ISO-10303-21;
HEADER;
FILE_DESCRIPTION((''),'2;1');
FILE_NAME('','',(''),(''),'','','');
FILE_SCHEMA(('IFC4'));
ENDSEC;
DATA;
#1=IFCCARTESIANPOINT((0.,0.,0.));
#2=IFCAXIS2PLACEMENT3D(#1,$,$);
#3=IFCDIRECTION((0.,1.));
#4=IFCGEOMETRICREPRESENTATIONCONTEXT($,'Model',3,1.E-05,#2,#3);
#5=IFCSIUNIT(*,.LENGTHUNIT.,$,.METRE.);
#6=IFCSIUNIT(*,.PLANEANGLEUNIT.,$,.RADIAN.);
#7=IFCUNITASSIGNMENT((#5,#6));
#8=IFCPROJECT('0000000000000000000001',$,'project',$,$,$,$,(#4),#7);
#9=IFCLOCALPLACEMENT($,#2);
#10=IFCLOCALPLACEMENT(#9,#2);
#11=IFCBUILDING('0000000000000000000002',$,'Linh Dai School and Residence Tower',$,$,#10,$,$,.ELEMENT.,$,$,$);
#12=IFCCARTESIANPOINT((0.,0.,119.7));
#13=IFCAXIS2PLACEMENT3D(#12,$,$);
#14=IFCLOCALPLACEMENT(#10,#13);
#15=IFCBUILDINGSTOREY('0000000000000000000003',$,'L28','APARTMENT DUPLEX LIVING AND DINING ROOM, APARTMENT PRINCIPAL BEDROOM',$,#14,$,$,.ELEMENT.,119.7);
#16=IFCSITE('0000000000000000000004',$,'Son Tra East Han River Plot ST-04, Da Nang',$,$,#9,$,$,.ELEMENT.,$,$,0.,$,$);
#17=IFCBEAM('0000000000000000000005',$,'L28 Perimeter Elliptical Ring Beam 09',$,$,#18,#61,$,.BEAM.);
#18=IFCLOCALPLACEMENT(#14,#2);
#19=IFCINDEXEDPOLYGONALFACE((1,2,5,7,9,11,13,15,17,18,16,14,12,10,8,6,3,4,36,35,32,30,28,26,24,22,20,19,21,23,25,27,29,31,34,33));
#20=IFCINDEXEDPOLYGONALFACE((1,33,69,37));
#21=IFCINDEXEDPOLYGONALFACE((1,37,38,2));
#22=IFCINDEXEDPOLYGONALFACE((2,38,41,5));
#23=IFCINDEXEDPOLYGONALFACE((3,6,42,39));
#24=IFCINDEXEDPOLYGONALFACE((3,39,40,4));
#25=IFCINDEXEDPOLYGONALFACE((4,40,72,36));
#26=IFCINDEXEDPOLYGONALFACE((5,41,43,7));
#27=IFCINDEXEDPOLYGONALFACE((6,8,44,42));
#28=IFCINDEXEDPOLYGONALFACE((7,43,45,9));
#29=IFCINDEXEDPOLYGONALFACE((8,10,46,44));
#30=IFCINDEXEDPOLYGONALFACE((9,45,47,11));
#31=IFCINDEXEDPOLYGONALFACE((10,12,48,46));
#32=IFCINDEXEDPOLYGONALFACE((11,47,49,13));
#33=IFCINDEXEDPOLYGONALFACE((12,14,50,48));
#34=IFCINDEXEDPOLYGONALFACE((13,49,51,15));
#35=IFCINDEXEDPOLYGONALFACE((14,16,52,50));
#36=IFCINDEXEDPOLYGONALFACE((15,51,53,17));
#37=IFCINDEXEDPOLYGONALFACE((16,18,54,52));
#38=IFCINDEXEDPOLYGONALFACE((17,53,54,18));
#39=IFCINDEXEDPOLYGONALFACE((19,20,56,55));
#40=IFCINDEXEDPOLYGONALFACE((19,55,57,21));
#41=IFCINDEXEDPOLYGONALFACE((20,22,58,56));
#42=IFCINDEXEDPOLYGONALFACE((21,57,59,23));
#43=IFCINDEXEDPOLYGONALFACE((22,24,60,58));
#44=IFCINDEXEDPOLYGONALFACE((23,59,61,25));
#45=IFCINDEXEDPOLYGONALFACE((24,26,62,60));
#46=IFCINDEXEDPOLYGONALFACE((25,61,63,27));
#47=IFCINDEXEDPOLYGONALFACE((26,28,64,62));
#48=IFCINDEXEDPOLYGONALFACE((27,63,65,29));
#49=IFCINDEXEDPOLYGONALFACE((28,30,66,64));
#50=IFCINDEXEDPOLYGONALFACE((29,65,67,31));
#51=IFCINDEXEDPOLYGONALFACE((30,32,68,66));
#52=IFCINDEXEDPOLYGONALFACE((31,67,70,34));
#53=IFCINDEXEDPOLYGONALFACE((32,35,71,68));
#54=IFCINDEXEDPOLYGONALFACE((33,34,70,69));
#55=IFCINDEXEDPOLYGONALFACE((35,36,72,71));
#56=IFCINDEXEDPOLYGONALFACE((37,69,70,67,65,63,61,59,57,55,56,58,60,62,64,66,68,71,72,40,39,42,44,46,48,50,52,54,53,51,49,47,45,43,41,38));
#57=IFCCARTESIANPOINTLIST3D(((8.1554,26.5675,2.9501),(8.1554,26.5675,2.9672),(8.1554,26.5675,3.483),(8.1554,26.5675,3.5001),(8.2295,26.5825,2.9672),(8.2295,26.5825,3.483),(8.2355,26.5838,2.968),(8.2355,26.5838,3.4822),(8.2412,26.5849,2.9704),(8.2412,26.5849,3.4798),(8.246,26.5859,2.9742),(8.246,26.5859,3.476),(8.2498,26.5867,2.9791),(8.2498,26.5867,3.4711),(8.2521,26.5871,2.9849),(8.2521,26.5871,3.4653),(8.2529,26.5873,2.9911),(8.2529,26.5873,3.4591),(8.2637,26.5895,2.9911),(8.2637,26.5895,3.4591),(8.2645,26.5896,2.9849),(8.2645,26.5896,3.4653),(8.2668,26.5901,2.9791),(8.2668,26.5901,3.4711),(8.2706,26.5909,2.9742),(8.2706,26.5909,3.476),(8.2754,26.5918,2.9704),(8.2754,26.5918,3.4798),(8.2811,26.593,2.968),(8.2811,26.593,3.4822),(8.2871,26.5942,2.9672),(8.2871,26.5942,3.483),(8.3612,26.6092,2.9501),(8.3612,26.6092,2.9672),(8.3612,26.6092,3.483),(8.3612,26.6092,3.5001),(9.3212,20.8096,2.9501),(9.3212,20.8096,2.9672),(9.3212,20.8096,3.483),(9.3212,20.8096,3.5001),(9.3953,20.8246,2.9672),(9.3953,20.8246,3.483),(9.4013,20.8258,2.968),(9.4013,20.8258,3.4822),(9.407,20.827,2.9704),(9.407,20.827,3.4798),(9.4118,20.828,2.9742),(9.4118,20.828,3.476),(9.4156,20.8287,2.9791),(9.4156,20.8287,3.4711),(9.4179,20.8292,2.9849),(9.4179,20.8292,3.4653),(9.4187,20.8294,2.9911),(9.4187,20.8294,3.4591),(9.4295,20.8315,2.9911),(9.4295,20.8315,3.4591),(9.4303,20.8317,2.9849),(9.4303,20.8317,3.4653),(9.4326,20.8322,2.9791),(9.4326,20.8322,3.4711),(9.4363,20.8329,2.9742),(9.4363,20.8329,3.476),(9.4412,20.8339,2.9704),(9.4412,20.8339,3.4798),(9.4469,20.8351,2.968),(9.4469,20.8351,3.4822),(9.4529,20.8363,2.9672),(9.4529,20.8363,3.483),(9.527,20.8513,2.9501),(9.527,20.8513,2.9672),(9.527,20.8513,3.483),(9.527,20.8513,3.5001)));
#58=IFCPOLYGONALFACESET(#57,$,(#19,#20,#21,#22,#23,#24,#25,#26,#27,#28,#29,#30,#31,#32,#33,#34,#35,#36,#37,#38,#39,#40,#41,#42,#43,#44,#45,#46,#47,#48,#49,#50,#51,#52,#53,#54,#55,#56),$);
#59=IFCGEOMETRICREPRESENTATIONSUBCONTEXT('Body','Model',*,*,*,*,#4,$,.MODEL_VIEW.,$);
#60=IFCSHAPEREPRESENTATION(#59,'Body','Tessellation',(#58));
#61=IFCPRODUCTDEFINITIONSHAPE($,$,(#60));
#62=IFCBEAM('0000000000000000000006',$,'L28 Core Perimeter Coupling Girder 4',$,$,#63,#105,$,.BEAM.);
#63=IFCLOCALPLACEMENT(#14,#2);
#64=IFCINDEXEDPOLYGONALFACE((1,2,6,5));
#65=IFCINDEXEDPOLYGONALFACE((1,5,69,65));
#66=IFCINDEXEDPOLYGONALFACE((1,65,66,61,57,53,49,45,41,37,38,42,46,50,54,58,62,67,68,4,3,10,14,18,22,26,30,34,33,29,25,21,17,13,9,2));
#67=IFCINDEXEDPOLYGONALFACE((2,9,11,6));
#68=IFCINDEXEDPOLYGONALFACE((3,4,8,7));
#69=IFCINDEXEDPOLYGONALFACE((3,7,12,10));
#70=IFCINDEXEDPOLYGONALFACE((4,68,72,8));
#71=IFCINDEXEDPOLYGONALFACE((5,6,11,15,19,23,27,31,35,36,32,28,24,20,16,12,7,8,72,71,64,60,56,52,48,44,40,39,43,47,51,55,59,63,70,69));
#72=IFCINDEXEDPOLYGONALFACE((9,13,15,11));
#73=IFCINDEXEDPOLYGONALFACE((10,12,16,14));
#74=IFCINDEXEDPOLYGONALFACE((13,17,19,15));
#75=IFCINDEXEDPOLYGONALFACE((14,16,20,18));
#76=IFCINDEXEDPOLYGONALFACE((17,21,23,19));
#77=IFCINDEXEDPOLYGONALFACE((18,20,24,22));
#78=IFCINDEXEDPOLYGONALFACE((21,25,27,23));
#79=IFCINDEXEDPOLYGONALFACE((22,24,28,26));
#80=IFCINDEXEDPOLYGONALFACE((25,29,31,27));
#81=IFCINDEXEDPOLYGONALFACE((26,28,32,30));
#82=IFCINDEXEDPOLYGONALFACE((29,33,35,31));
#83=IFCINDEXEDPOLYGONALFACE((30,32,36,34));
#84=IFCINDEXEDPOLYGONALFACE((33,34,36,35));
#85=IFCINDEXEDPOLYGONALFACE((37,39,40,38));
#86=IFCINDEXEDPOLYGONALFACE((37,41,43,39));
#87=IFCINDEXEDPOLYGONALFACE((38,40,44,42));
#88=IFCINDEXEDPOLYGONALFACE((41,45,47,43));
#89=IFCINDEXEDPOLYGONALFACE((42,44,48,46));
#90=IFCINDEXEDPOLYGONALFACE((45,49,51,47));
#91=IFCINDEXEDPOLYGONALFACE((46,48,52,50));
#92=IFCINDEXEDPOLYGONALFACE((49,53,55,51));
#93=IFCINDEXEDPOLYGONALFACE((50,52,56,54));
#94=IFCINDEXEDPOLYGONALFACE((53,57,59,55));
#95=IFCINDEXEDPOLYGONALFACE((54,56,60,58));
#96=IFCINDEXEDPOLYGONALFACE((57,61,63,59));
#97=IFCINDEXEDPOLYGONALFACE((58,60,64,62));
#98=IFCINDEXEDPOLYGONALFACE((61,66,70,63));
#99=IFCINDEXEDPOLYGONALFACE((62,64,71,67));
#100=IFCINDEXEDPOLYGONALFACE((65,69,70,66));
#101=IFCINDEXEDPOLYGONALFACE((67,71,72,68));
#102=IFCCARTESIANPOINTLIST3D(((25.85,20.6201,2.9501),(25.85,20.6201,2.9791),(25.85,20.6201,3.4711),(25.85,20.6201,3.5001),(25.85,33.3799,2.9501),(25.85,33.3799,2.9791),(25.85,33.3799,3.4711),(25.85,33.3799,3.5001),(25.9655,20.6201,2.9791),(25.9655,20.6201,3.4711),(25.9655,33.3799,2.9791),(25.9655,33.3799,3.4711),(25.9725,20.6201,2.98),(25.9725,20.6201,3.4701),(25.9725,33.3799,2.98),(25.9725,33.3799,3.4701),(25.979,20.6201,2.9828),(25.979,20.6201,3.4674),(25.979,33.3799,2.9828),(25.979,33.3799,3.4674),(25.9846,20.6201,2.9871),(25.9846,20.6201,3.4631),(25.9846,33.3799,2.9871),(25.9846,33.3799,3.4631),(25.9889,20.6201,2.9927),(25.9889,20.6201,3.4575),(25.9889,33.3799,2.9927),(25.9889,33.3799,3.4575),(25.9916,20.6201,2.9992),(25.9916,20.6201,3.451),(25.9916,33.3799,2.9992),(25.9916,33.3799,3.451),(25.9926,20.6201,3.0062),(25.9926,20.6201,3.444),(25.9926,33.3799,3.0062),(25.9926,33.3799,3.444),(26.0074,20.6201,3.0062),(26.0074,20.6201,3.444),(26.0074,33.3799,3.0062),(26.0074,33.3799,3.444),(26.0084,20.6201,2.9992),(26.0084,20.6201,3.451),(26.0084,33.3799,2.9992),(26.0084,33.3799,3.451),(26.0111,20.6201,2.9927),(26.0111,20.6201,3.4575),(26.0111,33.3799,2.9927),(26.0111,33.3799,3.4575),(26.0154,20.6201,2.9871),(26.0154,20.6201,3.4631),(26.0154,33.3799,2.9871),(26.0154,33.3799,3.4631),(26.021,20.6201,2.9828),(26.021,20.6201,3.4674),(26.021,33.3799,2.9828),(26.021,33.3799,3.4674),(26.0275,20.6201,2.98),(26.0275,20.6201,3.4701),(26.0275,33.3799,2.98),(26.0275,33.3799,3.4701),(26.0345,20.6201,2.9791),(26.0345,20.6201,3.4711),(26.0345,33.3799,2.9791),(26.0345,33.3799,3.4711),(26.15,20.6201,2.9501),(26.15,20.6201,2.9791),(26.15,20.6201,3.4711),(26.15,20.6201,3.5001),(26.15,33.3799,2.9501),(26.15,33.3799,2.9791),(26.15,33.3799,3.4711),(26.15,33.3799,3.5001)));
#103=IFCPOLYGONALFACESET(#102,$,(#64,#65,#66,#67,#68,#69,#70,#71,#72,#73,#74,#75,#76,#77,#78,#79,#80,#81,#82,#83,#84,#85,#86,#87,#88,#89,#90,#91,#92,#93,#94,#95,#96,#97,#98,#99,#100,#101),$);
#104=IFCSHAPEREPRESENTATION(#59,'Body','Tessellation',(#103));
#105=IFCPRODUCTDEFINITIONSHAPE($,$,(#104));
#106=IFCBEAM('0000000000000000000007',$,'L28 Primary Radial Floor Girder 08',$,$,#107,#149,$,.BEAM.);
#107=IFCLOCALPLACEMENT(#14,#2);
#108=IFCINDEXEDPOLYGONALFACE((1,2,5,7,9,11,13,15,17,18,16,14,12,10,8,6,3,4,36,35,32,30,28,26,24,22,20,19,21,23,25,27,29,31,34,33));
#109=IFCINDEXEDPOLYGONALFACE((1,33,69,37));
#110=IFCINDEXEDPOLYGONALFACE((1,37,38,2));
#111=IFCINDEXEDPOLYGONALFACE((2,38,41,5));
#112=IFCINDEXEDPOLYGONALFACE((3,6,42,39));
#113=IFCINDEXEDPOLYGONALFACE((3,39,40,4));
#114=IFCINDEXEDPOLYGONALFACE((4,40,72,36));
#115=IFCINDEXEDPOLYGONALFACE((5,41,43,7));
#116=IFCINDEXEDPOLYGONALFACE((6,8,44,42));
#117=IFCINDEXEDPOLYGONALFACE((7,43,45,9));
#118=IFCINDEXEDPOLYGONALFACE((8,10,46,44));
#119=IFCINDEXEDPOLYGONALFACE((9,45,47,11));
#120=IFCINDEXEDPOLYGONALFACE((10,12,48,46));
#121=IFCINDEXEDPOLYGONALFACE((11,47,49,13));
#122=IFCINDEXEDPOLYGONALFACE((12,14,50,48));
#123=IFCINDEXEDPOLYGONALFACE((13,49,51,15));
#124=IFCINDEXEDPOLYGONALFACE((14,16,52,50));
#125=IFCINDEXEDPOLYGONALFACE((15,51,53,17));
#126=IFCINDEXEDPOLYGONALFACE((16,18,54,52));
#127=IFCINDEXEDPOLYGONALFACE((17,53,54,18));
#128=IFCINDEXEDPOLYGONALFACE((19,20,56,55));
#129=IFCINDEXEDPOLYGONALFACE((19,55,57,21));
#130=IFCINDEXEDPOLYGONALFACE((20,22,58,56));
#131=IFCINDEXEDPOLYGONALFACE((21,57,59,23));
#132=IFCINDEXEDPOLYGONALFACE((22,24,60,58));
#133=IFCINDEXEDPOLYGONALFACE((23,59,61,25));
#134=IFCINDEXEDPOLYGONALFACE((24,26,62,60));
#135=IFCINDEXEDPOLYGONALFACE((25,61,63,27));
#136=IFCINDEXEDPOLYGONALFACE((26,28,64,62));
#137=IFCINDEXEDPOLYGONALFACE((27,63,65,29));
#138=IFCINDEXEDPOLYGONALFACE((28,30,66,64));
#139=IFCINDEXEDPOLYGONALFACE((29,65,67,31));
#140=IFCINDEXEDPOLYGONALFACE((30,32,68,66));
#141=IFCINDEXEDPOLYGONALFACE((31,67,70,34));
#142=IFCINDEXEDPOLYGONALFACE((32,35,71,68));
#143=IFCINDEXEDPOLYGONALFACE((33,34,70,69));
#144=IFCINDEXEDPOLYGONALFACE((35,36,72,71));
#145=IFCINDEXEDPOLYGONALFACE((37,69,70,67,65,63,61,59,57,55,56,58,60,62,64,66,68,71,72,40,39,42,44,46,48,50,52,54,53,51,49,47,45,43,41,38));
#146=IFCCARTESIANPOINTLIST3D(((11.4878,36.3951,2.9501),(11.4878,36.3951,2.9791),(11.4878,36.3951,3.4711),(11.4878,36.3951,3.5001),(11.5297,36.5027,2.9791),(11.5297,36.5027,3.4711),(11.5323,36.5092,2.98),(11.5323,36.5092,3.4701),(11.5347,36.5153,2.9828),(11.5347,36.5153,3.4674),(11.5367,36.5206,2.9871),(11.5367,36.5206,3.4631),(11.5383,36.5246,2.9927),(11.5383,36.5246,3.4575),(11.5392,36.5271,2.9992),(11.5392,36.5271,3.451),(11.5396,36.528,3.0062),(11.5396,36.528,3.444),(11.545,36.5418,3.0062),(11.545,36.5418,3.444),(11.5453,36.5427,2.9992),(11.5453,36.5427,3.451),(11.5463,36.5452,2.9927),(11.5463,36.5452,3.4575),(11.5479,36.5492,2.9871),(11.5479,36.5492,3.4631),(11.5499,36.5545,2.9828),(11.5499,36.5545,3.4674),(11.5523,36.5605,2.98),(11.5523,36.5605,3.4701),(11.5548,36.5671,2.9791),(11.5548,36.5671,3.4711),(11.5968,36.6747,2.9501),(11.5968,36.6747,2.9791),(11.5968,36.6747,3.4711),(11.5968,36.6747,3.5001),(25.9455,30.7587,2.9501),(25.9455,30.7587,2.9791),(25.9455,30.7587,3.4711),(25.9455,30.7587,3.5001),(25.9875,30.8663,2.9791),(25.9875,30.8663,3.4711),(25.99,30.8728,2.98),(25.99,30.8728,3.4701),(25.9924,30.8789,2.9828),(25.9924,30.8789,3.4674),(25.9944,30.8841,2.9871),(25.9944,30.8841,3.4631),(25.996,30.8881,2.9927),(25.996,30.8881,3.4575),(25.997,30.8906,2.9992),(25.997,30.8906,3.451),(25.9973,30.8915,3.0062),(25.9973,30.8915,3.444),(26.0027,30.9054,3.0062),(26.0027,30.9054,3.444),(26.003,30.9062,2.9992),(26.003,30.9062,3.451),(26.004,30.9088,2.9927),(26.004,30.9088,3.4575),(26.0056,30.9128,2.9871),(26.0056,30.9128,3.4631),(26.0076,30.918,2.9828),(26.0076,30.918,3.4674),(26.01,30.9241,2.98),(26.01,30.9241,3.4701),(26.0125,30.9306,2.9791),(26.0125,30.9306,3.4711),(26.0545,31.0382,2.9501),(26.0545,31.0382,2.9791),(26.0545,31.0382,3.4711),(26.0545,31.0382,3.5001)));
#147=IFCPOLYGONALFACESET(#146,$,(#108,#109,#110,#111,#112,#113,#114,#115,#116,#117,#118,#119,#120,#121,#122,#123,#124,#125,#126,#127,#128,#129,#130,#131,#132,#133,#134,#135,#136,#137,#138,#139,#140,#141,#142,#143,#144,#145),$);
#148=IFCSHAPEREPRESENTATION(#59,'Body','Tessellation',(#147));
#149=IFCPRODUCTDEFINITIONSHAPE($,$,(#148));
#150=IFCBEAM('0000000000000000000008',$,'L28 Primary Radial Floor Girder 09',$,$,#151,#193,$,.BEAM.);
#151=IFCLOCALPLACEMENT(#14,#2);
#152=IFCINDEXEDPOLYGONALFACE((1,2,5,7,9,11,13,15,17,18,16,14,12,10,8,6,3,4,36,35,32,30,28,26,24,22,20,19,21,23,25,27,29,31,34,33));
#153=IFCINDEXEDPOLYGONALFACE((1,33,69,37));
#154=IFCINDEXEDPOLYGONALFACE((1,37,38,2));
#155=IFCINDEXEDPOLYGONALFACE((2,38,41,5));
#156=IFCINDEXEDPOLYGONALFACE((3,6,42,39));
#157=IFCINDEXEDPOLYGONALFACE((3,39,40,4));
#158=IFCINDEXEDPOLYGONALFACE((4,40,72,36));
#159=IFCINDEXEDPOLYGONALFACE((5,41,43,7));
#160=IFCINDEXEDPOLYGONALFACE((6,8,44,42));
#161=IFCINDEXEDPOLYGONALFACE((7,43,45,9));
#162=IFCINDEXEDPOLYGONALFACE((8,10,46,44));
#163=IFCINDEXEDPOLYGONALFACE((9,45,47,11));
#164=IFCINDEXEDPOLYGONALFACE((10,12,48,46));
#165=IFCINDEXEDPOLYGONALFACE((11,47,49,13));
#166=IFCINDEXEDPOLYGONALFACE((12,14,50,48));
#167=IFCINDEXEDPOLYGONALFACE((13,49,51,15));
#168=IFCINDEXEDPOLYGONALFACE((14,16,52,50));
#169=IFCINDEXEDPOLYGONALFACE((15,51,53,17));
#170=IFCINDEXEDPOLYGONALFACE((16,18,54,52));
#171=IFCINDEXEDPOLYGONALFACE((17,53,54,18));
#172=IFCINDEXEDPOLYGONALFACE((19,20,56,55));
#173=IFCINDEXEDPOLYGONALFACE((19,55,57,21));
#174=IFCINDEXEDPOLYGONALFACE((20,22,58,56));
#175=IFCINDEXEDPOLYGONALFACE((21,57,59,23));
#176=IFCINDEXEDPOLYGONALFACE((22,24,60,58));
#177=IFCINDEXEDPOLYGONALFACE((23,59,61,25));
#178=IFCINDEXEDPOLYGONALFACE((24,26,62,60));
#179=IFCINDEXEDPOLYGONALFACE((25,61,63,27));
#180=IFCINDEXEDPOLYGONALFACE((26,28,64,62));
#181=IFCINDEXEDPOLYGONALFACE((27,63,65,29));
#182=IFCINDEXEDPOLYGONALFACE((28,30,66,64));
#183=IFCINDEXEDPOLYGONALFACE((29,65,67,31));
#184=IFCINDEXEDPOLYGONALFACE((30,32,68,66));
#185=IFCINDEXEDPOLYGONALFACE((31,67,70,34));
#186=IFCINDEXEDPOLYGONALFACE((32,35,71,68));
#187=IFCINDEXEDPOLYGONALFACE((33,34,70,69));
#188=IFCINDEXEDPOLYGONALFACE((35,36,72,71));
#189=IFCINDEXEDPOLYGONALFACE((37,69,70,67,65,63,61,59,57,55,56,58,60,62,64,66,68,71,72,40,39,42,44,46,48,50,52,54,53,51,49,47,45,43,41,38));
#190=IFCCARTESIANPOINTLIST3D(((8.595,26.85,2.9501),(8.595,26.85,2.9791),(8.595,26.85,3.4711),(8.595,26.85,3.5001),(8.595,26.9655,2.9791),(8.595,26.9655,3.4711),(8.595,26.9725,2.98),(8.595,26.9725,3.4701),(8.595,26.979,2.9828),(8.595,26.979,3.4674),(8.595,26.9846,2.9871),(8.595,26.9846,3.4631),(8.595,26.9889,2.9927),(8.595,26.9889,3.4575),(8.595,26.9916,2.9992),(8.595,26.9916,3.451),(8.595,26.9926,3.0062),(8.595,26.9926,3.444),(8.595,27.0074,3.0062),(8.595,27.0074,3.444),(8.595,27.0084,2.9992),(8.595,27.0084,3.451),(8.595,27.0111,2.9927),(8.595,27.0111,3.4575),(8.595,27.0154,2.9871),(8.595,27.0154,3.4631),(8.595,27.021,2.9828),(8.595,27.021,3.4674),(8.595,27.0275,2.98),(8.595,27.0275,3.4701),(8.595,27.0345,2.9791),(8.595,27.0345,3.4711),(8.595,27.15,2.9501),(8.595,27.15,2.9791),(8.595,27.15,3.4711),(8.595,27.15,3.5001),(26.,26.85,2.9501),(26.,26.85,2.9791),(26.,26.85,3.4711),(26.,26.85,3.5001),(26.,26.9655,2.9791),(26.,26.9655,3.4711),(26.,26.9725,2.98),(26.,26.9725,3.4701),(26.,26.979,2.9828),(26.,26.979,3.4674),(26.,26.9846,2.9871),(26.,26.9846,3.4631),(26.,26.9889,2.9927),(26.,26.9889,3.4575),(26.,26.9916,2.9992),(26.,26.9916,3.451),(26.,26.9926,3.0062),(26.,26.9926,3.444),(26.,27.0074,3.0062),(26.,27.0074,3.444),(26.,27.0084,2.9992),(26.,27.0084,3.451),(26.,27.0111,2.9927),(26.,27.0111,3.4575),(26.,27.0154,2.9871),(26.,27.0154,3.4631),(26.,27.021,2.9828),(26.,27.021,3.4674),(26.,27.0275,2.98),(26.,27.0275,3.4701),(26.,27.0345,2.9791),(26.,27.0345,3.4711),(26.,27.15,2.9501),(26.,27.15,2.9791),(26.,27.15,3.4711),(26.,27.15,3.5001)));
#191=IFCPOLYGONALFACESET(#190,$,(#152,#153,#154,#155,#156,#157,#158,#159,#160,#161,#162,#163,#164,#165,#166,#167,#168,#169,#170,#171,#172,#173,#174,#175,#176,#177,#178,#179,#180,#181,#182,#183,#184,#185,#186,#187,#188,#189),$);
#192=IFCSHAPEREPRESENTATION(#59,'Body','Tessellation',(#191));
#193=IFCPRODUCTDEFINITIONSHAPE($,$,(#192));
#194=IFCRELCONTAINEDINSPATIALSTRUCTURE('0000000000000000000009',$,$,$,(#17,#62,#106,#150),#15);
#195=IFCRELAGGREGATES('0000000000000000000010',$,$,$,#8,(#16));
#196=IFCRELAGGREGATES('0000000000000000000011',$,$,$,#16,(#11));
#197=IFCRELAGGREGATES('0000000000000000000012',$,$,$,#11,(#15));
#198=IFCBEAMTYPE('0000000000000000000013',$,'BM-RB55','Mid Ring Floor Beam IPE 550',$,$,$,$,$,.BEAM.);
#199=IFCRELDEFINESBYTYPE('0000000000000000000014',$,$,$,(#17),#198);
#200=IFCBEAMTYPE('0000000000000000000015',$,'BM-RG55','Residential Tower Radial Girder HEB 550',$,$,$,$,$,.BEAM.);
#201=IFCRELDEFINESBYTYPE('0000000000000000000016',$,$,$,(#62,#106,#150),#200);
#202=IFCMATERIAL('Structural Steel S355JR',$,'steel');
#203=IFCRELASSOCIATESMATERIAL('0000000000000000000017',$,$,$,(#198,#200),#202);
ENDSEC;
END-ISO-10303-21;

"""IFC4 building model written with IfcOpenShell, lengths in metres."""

from ifc_helpers import new_model, si_unit, direction, frame, origin, origin_2d, place, context, subcontext, project, spatial, i_section, extrude, material, material_profile, profile_set, type_object, element, save


model = new_model("IFC4")

# Units and contexts
model_context = context("Model", 3, precision=1e-05, world=origin(), true_north=direction((0.0, 1.0)))
body_context = subcontext(model_context, "Body", "Model", "MODEL_VIEW")
ifc_project = project(units=[si_unit("LENGTHUNIT", "METRE"), si_unit("PLANEANGLEUNIT", "RADIAN")], contexts=[model_context])

# Site, building, storey
site_placement = place(None, origin())
site = spatial("IfcSite", under=ifc_project, at=site_placement, Name="Son Tra East Han River Plot ST-04, Da Nang", CompositionType="ELEMENT", RefElevation=0.0)
building_placement = place(site_placement, origin())
building = spatial("IfcBuilding", under=site, at=building_placement, Name="Linh Dai School and Residence Tower", CompositionType="ELEMENT")
storey_placement = place(building_placement, frame((0.0, 0.0, 119.7)))
storey = spatial("IfcBuildingStorey", under=building, at=storey_placement, Name="L28", Description="APARTMENT DUPLEX LIVING AND DINING ROOM, APARTMENT PRINCIPAL BEDROOM", CompositionType="ELEMENT", Elevation=119.7)

# Shared definitions
ifc_material_1 = material(Name="Structural Steel S355JR", Category="steel")

# Beams
ifc_material_profile_1 = material_profile(ifc_material_1, i_section(OverallWidth=0.21, OverallDepth=0.55, WebThickness=0.011, FlangeThickness=0.0171, FilletRadius=0.0239, at=origin_2d()), Name="IPE 550")
ifc_profile_set_1 = profile_set([ifc_material_profile_1], Name="Structural Steel S355JR")
beam_type_1 = type_object("IfcBeamType", Name="BM-RB55", Description="Mid Ring Floor Beam IPE 550", PredefinedType="BEAM", material=ifc_profile_set_1)
beam_1_placement = place(storey_placement, frame((8.2583, 26.5884, 3.2251), z_axis=(0.198441, -0.980113, 0.0), x_axis=(0.980113, 0.198441, 0.0)))
element("IfcBeam", 1, at=beam_1_placement, inside=storey, type_object=beam_type_1, Name="L28 Perimeter Elliptical Ring Beam 09", PredefinedType="BEAM", context=body_context, shape_type="SweptSolid", body=[
    extrude(i_section(OverallWidth=0.21, OverallDepth=0.55, WebThickness=0.011, FlangeThickness=0.0171, FilletRadius=0.0239, at=origin_2d()), origin(), (0.0, 0.0, 1.0), 5.8748),
])
ifc_material_profile_2 = material_profile(ifc_material_1, i_section(OverallWidth=0.3, OverallDepth=0.55, WebThickness=0.0149, FlangeThickness=0.0291, FilletRadius=0.0271, at=origin_2d()), Name="HEB 550")
ifc_profile_set_2 = profile_set([ifc_material_profile_2], Name="Structural Steel S355JR")
beam_type_2 = type_object("IfcBeamType", Name="BM-RG55", Description="Residential Tower Radial Girder HEB 550", PredefinedType="BEAM", material=ifc_profile_set_2)
beam_2_placement = place(storey_placement, frame((26.0, 33.3799, 3.2251), z_axis=(0.0, -1.0, 0.0), x_axis=(1.0, 0.0, 0.0)))
element("IfcBeam", 2, at=beam_2_placement, inside=storey, type_object=beam_type_2, Name="L28 Core Perimeter Coupling Girder 4", PredefinedType="BEAM", context=body_context, shape_type="SweptSolid", body=[
    extrude(i_section(OverallWidth=0.3, OverallDepth=0.55, WebThickness=0.0149, FlangeThickness=0.0291, FilletRadius=0.0271, at=origin_2d()), origin(), (0.0, 0.0, 1.0), 12.7598),
])
beam_3_placement = place(storey_placement, frame((26.0, 30.8984, 3.2251), z_axis=(-0.931699, 0.36323, 0.0), x_axis=(-0.36323, -0.931699, 0.0)))
element("IfcBeam", 3, at=beam_3_placement, inside=storey, type_object=beam_type_2, Name="L28 Primary Radial Floor Girder 08", PredefinedType="BEAM", context=body_context, shape_type="SweptSolid", body=[
    extrude(i_section(OverallWidth=0.3, OverallDepth=0.55, WebThickness=0.0149, FlangeThickness=0.0291, FilletRadius=0.0271, at=origin_2d()), origin(), (0.0, 0.0, 1.0), 15.5176),
])
beam_4_placement = place(storey_placement, frame((26.0, 27.0, 3.2251), z_axis=(-1.0, 0.0, 0.0), x_axis=(0.0, -1.0, 0.0)))
element("IfcBeam", 4, at=beam_4_placement, inside=storey, type_object=beam_type_2, Name="L28 Primary Radial Floor Girder 09", PredefinedType="BEAM", context=body_context, shape_type="SweptSolid", body=[
    extrude(i_section(OverallWidth=0.3, OverallDepth=0.55, WebThickness=0.0149, FlangeThickness=0.0291, FilletRadius=0.0271, at=origin_2d()), origin(), (0.0, 0.0, 1.0), 17.405),
])

save(model, "model.ifc")
